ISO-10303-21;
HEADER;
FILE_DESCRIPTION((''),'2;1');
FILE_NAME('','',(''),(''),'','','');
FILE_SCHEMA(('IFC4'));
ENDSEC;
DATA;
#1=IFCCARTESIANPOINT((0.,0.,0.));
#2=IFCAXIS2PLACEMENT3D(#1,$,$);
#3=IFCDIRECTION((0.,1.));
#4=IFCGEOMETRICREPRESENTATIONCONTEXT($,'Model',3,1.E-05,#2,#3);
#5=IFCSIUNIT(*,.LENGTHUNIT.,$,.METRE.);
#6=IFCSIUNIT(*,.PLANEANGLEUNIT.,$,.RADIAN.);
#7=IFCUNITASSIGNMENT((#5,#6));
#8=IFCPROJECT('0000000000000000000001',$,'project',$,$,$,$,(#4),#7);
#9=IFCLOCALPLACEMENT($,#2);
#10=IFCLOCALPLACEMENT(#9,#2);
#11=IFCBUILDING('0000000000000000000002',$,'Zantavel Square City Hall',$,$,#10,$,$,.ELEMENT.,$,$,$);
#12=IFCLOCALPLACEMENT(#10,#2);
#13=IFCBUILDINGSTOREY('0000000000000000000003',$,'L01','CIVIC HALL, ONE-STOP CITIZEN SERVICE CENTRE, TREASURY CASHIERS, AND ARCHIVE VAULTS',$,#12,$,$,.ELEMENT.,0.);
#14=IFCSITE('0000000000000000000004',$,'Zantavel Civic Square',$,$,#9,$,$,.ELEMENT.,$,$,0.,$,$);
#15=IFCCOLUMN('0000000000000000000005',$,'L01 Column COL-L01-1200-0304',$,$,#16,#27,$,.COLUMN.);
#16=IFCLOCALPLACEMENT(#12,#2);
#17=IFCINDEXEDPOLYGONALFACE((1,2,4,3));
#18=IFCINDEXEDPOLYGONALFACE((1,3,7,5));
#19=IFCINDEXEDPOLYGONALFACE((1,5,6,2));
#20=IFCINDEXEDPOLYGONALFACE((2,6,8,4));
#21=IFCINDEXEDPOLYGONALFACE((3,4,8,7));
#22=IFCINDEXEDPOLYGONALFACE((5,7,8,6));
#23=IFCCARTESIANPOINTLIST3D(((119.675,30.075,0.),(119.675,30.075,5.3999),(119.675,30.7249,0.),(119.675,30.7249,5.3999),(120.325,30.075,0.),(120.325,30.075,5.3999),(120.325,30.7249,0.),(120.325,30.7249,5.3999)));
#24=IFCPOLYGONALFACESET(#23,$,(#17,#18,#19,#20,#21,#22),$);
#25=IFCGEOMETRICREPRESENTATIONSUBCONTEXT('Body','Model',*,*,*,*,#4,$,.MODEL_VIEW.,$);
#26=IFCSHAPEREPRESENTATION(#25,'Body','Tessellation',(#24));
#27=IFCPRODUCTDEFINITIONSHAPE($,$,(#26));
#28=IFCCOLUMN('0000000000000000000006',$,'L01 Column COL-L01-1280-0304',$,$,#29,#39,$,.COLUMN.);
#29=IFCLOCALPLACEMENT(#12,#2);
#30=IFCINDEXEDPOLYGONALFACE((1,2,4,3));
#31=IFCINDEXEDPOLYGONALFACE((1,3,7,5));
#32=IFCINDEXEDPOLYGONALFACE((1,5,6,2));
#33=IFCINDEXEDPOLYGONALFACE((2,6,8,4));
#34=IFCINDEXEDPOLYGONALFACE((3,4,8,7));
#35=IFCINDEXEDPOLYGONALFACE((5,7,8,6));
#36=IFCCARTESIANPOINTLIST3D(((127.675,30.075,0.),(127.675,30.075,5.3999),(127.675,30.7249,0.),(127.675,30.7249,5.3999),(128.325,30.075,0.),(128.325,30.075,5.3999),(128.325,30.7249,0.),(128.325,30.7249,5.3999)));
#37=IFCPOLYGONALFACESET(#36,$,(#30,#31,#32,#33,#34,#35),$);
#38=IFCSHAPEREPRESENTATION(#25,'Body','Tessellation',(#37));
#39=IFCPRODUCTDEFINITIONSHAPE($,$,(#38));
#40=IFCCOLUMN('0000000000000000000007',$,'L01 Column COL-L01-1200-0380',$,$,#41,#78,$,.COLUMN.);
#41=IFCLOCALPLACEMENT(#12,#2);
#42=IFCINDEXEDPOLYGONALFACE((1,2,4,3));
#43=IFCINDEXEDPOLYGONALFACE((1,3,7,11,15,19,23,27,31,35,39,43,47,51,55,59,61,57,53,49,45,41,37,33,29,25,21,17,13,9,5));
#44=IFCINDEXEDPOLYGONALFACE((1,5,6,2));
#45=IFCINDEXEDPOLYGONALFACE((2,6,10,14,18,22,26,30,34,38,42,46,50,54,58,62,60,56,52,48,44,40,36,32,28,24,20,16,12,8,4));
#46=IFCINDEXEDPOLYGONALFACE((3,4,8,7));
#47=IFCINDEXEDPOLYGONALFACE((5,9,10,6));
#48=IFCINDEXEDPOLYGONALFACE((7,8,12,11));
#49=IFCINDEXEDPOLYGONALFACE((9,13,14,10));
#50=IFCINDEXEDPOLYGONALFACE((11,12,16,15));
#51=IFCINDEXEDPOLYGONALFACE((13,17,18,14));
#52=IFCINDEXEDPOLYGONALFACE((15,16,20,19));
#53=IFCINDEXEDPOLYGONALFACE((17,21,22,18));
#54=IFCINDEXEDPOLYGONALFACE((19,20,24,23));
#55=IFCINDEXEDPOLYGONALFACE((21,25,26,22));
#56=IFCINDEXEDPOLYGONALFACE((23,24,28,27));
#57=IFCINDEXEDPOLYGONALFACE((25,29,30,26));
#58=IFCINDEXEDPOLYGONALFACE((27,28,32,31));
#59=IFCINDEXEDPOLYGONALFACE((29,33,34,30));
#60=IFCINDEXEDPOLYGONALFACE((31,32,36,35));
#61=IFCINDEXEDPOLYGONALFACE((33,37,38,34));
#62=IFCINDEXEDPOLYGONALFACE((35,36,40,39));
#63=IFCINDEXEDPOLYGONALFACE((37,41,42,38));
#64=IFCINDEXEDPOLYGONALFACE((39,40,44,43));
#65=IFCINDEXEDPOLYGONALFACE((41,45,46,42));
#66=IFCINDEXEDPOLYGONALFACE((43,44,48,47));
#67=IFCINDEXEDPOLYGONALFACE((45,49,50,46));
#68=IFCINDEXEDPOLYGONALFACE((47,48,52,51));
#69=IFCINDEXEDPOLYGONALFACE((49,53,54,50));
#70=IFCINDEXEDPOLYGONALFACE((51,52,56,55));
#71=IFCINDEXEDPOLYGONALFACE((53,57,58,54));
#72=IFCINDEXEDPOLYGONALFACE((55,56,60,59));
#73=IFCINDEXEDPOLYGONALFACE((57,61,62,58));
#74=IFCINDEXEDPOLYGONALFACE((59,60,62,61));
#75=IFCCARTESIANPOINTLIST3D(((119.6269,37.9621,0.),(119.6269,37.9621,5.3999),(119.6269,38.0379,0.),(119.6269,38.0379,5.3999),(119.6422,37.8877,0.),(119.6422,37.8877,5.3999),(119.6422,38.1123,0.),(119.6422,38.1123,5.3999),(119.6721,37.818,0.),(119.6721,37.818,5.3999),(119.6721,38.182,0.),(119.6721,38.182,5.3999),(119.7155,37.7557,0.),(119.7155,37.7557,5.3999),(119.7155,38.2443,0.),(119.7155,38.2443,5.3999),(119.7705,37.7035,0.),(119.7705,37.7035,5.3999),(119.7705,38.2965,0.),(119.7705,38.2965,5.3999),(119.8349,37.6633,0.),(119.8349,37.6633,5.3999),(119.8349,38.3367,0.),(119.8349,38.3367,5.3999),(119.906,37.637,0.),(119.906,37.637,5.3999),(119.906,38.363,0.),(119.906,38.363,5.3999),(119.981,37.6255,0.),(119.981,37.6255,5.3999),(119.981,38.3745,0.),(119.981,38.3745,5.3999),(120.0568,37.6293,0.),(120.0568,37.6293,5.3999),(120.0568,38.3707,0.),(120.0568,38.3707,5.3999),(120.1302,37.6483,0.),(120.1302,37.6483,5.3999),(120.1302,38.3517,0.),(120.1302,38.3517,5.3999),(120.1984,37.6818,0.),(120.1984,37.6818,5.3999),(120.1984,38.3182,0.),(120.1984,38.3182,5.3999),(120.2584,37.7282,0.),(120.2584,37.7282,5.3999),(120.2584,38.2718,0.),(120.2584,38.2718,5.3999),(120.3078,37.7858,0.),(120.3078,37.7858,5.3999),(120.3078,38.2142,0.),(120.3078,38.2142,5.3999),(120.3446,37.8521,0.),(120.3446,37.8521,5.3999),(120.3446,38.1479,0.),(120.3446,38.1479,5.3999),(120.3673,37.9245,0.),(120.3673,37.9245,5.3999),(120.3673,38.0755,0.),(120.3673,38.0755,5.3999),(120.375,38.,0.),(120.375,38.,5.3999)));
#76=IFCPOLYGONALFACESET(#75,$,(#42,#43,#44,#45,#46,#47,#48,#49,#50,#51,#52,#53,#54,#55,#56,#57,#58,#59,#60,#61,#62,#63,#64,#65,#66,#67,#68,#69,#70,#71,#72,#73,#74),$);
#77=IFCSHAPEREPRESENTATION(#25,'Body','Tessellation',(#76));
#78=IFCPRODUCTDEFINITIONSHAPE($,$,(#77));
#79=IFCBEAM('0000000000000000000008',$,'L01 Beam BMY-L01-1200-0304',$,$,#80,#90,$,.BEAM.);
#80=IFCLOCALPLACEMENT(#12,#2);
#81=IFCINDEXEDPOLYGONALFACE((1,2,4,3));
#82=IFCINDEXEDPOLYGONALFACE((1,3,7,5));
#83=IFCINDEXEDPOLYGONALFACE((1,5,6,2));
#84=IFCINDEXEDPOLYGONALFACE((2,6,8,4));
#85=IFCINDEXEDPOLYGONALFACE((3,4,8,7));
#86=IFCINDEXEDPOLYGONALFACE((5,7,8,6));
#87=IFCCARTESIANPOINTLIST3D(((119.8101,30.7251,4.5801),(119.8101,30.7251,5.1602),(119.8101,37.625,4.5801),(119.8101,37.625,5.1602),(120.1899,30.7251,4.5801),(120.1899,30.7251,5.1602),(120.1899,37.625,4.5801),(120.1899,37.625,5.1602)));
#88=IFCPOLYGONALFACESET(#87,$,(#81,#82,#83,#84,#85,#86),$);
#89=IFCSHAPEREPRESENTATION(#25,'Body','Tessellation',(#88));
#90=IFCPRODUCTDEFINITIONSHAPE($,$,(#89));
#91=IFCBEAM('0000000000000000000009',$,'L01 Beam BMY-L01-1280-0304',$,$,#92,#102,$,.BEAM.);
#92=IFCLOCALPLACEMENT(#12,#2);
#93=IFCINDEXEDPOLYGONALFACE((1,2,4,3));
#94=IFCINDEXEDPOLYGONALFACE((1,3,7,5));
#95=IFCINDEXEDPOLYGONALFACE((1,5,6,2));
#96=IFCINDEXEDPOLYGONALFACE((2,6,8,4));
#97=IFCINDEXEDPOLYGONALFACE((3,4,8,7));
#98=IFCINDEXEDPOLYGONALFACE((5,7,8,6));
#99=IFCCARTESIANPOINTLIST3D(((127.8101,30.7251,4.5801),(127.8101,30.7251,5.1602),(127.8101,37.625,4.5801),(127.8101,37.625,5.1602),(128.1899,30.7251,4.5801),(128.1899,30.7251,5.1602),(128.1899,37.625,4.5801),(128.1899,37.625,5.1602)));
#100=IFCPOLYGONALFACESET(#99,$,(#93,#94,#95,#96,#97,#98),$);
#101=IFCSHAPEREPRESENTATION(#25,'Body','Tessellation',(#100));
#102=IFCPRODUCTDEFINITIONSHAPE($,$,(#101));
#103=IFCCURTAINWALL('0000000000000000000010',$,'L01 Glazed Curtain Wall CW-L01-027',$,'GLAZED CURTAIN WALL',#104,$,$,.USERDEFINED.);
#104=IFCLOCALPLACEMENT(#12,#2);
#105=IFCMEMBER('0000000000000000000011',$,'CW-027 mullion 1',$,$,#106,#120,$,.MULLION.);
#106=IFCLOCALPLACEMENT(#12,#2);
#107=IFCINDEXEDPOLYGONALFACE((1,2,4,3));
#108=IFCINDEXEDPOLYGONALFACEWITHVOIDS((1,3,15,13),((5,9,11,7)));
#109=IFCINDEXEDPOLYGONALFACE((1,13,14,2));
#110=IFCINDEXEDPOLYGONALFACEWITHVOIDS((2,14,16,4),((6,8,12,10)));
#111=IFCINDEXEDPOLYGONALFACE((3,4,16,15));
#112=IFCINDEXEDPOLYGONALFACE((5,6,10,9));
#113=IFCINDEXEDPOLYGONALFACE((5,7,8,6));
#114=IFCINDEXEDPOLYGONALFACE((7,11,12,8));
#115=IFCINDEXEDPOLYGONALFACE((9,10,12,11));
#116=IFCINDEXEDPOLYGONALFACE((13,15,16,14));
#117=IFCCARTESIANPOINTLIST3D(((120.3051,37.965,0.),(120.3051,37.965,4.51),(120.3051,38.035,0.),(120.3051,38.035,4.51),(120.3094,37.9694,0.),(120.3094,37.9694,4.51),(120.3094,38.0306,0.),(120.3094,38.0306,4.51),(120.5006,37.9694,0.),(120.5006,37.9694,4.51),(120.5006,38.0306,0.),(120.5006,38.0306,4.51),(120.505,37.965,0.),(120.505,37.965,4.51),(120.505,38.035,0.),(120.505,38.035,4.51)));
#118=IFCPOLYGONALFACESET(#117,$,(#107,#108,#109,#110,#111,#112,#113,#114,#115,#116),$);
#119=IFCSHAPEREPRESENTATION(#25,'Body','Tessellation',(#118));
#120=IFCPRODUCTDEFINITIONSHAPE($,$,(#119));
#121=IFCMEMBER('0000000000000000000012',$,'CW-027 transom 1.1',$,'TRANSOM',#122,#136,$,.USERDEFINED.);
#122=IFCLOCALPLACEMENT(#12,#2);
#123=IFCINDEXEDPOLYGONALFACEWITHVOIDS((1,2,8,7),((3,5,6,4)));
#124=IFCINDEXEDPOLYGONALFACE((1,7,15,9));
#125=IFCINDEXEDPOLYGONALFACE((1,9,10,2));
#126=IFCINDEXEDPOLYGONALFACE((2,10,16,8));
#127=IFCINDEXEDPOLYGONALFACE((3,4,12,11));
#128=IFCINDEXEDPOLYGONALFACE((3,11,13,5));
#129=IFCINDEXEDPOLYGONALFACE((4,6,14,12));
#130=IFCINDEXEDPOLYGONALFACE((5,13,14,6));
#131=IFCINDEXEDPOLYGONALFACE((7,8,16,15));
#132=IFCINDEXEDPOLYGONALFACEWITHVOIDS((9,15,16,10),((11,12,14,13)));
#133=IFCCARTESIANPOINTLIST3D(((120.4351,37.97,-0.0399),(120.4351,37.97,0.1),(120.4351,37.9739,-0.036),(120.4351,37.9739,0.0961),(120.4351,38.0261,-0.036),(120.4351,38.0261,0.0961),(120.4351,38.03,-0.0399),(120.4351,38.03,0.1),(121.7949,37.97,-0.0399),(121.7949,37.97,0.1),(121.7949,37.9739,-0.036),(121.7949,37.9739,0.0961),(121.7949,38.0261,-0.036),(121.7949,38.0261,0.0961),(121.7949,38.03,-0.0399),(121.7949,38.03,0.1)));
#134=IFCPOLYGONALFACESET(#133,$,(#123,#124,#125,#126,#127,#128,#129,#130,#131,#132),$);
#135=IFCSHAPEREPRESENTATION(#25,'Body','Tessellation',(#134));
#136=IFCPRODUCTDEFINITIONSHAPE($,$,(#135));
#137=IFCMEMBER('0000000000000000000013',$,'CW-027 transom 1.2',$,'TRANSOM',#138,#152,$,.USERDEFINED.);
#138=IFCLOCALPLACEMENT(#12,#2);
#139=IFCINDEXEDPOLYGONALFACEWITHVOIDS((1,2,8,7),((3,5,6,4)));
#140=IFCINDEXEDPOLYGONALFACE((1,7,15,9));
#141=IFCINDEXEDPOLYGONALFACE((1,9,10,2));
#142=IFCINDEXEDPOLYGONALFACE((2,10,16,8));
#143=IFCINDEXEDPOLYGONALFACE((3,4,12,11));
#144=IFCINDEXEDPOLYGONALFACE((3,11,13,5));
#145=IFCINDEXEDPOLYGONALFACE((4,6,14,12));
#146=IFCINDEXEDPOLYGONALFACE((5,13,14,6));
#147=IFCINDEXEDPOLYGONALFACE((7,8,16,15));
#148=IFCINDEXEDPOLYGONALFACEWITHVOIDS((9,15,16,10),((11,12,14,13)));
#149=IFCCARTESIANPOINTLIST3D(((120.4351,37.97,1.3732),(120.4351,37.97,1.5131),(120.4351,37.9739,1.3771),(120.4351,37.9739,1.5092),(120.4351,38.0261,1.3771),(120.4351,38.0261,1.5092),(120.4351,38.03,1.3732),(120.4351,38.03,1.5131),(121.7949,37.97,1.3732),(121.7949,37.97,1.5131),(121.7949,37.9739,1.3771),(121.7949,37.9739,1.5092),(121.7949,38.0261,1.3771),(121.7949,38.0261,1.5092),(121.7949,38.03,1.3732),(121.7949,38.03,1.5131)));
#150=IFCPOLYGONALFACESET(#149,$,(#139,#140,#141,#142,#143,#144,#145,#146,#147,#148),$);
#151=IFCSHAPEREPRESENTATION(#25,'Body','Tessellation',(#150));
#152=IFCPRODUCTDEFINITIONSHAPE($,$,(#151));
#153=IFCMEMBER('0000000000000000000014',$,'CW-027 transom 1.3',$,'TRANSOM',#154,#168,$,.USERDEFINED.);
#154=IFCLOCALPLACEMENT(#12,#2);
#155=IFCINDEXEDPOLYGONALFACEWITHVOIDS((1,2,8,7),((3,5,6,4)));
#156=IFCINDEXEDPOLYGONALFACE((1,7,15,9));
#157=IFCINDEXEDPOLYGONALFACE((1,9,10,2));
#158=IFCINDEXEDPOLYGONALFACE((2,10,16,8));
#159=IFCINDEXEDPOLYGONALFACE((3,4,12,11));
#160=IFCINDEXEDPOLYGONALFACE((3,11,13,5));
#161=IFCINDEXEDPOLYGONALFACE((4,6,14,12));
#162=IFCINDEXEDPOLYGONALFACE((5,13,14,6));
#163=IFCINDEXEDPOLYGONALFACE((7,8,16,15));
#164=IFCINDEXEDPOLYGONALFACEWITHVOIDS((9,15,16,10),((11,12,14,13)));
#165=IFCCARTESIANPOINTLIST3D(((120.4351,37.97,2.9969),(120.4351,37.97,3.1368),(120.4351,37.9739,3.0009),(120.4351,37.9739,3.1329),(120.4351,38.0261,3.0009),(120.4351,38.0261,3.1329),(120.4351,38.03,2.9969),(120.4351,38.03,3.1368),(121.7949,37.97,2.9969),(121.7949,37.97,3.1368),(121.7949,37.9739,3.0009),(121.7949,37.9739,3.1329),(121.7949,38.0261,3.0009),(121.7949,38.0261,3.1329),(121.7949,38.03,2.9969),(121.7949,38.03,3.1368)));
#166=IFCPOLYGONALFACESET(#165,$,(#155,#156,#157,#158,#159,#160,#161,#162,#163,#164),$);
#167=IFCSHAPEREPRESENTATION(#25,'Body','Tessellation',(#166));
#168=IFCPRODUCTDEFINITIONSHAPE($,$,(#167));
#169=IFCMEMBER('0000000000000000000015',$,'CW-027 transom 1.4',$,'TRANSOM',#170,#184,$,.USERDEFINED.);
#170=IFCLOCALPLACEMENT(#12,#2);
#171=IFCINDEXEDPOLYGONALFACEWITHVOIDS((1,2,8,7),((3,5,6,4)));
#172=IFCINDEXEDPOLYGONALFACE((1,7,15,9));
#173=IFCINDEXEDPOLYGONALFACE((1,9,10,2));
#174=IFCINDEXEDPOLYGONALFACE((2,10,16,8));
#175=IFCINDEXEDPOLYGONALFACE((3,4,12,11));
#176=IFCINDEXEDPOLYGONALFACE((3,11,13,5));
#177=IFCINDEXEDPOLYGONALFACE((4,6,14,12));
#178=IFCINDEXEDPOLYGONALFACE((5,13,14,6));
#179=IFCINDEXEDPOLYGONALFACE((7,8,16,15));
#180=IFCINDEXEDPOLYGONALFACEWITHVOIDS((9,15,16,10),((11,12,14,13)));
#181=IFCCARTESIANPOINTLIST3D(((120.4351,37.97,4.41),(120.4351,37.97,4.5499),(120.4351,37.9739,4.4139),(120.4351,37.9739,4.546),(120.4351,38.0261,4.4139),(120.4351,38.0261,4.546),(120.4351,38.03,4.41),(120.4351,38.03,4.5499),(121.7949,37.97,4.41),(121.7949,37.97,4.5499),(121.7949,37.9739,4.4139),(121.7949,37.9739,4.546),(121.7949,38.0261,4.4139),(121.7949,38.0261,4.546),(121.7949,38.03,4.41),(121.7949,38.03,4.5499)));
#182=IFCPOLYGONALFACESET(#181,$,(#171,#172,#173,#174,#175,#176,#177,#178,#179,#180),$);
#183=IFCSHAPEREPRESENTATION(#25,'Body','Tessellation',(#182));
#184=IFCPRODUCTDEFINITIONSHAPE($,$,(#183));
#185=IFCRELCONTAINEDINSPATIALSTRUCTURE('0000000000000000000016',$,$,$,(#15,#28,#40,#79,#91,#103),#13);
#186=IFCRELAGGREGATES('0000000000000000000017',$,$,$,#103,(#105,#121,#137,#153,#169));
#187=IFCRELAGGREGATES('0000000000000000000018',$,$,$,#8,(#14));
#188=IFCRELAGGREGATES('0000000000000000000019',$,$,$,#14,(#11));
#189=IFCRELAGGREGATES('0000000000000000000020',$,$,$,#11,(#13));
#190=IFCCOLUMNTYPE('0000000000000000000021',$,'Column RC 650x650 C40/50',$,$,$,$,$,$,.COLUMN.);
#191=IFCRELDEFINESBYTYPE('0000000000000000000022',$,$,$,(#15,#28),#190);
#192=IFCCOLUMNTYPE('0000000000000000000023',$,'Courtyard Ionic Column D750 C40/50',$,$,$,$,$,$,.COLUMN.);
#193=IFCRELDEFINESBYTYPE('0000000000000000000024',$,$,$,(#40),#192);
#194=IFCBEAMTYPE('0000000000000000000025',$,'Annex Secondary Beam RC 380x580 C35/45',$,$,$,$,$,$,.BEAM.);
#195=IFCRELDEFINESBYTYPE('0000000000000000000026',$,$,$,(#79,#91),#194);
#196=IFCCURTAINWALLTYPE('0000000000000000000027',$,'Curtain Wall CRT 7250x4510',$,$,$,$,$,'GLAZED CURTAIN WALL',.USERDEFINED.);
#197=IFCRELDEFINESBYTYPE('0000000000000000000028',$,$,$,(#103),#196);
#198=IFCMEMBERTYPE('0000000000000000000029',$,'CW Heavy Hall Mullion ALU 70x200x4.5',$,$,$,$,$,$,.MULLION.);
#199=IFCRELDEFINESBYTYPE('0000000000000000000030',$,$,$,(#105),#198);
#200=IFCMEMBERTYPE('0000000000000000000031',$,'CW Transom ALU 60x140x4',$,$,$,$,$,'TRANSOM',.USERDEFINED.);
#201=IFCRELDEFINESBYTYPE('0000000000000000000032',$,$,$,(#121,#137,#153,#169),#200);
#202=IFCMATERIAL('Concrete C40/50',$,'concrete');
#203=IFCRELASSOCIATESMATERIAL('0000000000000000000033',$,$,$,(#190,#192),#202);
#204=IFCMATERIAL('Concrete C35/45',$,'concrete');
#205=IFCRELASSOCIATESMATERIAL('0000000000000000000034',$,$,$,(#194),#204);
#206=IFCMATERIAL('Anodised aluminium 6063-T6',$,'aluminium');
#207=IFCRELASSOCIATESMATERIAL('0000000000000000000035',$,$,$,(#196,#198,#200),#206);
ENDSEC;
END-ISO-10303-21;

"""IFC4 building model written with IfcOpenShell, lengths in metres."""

from ifc_helpers import new_model, si_unit, direction, frame, origin, origin_2d, place, context, subcontext, project, spatial, rectangle, hollow_rectangle, circle, extrude, material, material_profile, profile_set, type_object, element, aggregate, save


model = new_model("IFC4")

# Units and contexts
model_context = context("Model", 3, precision=1e-05, world=origin(), true_north=direction((0.0, 1.0)))
body_context = subcontext(model_context, "Body", "Model", "MODEL_VIEW")
ifc_project = project(units=[si_unit("LENGTHUNIT", "METRE"), si_unit("PLANEANGLEUNIT", "RADIAN")], contexts=[model_context])

# Site, building, storey
site_placement = place(None, origin())
site = spatial("IfcSite", under=ifc_project, at=site_placement, Name="Zantavel Civic Square", CompositionType="ELEMENT", RefElevation=0.0)
building_placement = place(site_placement, origin())
building = spatial("IfcBuilding", under=site, at=building_placement, Name="Zantavel Square City Hall", CompositionType="ELEMENT")
storey_placement = place(building_placement, origin())
storey = spatial("IfcBuildingStorey", under=building, at=storey_placement, Name="L01", Description="CIVIC HALL, ONE-STOP CITIZEN SERVICE CENTRE, TREASURY CASHIERS, AND ARCHIVE VAULTS", CompositionType="ELEMENT", Elevation=0.0)

# Columns
ifc_material_1 = material(Name="Concrete C40/50", Category="concrete")
ifc_material_profile_1 = material_profile(ifc_material_1, rectangle(XDim=0.6499, YDim=0.6499, at=origin_2d()), Name="RC 650x650")
ifc_profile_set_1 = profile_set([ifc_material_profile_1], Name="Concrete C40/50")
column_type_1 = type_object("IfcColumnType", Name="Column RC 650x650 C40/50", PredefinedType="COLUMN", material=ifc_profile_set_1)
for number, where, z_axis, x_axis, name in (
    (1, (120.0, 30.3999, 0.0), (0.0, 0.0, 1.0), (1.0, 0.0, 0.0), "L01 Column COL-L01-1200-0304"),
    (2, (128.0, 30.3999, 0.0), (0.0, 0.0, 1.0), (1.0, 0.0, 0.0), "L01 Column COL-L01-1280-0304"),
):
    element("IfcColumn", number, at=place(storey_placement, frame(where, z_axis=z_axis, x_axis=x_axis)), inside=storey, type_object=column_type_1, Name=name, PredefinedType="COLUMN", context=body_context, shape_type="SweptSolid", body=[
        extrude(rectangle(XDim=0.6499, YDim=0.6499, at=origin_2d()), origin(), (0.0, 0.0, 1.0), 5.3999),
    ])
ifc_material_profile_2 = material_profile(ifc_material_1, circle(Radius=0.375, at=origin_2d()), Name="ROUND D750")
ifc_profile_set_2 = profile_set([ifc_material_profile_2], Name="Concrete C40/50")
column_type_2 = type_object("IfcColumnType", Name="Courtyard Ionic Column D750 C40/50", PredefinedType="COLUMN", material=ifc_profile_set_2)
column_placement = place(storey_placement, frame((120.0, 38.0, 0.0), z_axis=(0.0, 0.0, 1.0), x_axis=(1.0, 0.0, 0.0)))
element("IfcColumn", 3, at=column_placement, inside=storey, type_object=column_type_2, Name="L01 Column COL-L01-1200-0380", PredefinedType="COLUMN", context=body_context, shape_type="SweptSolid", body=[
    extrude(circle(Radius=0.375, at=origin_2d()), origin(), (0.0, 0.0, 1.0), 5.3999),
])

# Beams
ifc_material_2 = material(Name="Concrete C35/45", Category="concrete")
ifc_material_profile_3 = material_profile(ifc_material_2, rectangle(XDim=0.3799, YDim=0.5801, at=origin_2d()), Name="RC 380x580")
ifc_profile_set_3 = profile_set([ifc_material_profile_3], Name="Concrete C35/45")
beam_type_1 = type_object("IfcBeamType", Name="Annex Secondary Beam RC 380x580 C35/45", PredefinedType="BEAM", material=ifc_profile_set_3)
for number, where, z_axis, x_axis, name in (
    (4, (120.0, 30.7251, 4.8701), (0.0, 1.0, 0.0), (-1.0, 0.0, 0.0), "L01 Beam BMY-L01-1200-0304"),
    (5, (128.0, 30.7251, 4.8701), (0.0, 1.0, 0.0), (-1.0, 0.0, 0.0), "L01 Beam BMY-L01-1280-0304"),
):
    element("IfcBeam", number, at=place(storey_placement, frame(where, z_axis=z_axis, x_axis=x_axis)), inside=storey, type_object=beam_type_1, Name=name, PredefinedType="BEAM", context=body_context, shape_type="SweptSolid", body=[
        extrude(rectangle(XDim=0.3799, YDim=0.5801, at=origin_2d()), origin(), (0.0, 0.0, 1.0), 6.8999),
    ])

# Curtain wall, members
ifc_material_3 = material(Name="Anodised aluminium 6063-T6", Category="aluminium")
curtain_wall_type = type_object("IfcCurtainWallType", Name="Curtain Wall CRT 7250x4510", ElementType="GLAZED CURTAIN WALL", PredefinedType="USERDEFINED", material=ifc_material_3)
curtain_wall_placement = place(storey_placement, origin())
curtain_wall = element("IfcCurtainWall", 6, at=curtain_wall_placement, inside=storey, type_object=curtain_wall_type, Name="L01 Glazed Curtain Wall CW-L01-027", ObjectType="GLAZED CURTAIN WALL", PredefinedType="USERDEFINED")
ifc_material_profile_4 = material_profile(ifc_material_3, hollow_rectangle(XDim=0.0701, YDim=0.2, WallThickness=0.0044, at=origin_2d()), Name="ALU 70x200x4.5")
ifc_profile_set_4 = profile_set([ifc_material_profile_4], Name="Anodised aluminium 6063-T6")
member_type_1 = type_object("IfcMemberType", Name="CW Heavy Hall Mullion ALU 70x200x4.5", PredefinedType="MULLION", material=ifc_profile_set_4)
member_1_placement = place(storey_placement, frame((120.405, 38.0, 0.0), z_axis=(0.0, 0.0, 1.0), x_axis=(0.0, 1.0, 0.0)))
member_1 = element("IfcMember", 7, at=member_1_placement, type_object=member_type_1, Name="CW-027 mullion 1", PredefinedType="MULLION", context=body_context, shape_type="SweptSolid", body=[
    extrude(hollow_rectangle(XDim=0.0701, YDim=0.2, WallThickness=0.0044, at=origin_2d()), origin(), (0.0, 0.0, 1.0), 4.51),
])
ifc_material_profile_5 = material_profile(ifc_material_3, hollow_rectangle(XDim=0.0601, YDim=0.1399, WallThickness=0.0039, at=origin_2d()), Name="ALU 60x140x4")
ifc_profile_set_5 = profile_set([ifc_material_profile_5], Name="Anodised aluminium 6063-T6")
member_type_2 = type_object("IfcMemberType", Name="CW Transom ALU 60x140x4", ElementType="TRANSOM", PredefinedType="USERDEFINED", material=ifc_profile_set_5)
member_2_placement = place(storey_placement, frame((120.4351, 38.0, 0.03), z_axis=(1.0, 0.0, 0.0), x_axis=(0.0, 1.0, 0.0)))
member_2 = element("IfcMember", 8, at=member_2_placement, type_object=member_type_2, Name="CW-027 transom 1.1", ObjectType="TRANSOM", PredefinedType="USERDEFINED", context=body_context, shape_type="SweptSolid", body=[
    extrude(hollow_rectangle(XDim=0.0601, YDim=0.1399, WallThickness=0.0039, at=origin_2d()), origin(), (0.0, 0.0, 1.0), 1.3599),
])
member_3_placement = place(storey_placement, frame((120.4351, 38.0, 1.4431), z_axis=(1.0, 0.0, 0.0), x_axis=(0.0, 1.0, 0.0)))
member_3 = element("IfcMember", 9, at=member_3_placement, type_object=member_type_2, Name="CW-027 transom 1.2", ObjectType="TRANSOM", PredefinedType="USERDEFINED", context=body_context, shape_type="SweptSolid", body=[
    extrude(hollow_rectangle(XDim=0.0601, YDim=0.1399, WallThickness=0.0039, at=origin_2d()), origin(), (0.0, 0.0, 1.0), 1.3599),
])
member_4_placement = place(storey_placement, frame((120.4351, 38.0, 3.0669), z_axis=(1.0, 0.0, 0.0), x_axis=(0.0, 1.0, 0.0)))
member_4 = element("IfcMember", 10, at=member_4_placement, type_object=member_type_2, Name="CW-027 transom 1.3", ObjectType="TRANSOM", PredefinedType="USERDEFINED", context=body_context, shape_type="SweptSolid", body=[
    extrude(hollow_rectangle(XDim=0.0601, YDim=0.1399, WallThickness=0.0039, at=origin_2d()), origin(), (0.0, 0.0, 1.0), 1.3599),
])
member_5_placement = place(storey_placement, frame((120.4351, 38.0, 4.48), z_axis=(1.0, 0.0, 0.0), x_axis=(0.0, 1.0, 0.0)))
member_5 = element("IfcMember", 11, at=member_5_placement, type_object=member_type_2, Name="CW-027 transom 1.4", ObjectType="TRANSOM", PredefinedType="USERDEFINED", context=body_context, shape_type="SweptSolid", body=[
    extrude(hollow_rectangle(XDim=0.0601, YDim=0.1399, WallThickness=0.0039, at=origin_2d()), origin(), (0.0, 0.0, 1.0), 1.3599),
])

aggregate(curtain_wall, [member_1, member_2, member_3, member_4, member_5])

save(model, "model.ifc")
